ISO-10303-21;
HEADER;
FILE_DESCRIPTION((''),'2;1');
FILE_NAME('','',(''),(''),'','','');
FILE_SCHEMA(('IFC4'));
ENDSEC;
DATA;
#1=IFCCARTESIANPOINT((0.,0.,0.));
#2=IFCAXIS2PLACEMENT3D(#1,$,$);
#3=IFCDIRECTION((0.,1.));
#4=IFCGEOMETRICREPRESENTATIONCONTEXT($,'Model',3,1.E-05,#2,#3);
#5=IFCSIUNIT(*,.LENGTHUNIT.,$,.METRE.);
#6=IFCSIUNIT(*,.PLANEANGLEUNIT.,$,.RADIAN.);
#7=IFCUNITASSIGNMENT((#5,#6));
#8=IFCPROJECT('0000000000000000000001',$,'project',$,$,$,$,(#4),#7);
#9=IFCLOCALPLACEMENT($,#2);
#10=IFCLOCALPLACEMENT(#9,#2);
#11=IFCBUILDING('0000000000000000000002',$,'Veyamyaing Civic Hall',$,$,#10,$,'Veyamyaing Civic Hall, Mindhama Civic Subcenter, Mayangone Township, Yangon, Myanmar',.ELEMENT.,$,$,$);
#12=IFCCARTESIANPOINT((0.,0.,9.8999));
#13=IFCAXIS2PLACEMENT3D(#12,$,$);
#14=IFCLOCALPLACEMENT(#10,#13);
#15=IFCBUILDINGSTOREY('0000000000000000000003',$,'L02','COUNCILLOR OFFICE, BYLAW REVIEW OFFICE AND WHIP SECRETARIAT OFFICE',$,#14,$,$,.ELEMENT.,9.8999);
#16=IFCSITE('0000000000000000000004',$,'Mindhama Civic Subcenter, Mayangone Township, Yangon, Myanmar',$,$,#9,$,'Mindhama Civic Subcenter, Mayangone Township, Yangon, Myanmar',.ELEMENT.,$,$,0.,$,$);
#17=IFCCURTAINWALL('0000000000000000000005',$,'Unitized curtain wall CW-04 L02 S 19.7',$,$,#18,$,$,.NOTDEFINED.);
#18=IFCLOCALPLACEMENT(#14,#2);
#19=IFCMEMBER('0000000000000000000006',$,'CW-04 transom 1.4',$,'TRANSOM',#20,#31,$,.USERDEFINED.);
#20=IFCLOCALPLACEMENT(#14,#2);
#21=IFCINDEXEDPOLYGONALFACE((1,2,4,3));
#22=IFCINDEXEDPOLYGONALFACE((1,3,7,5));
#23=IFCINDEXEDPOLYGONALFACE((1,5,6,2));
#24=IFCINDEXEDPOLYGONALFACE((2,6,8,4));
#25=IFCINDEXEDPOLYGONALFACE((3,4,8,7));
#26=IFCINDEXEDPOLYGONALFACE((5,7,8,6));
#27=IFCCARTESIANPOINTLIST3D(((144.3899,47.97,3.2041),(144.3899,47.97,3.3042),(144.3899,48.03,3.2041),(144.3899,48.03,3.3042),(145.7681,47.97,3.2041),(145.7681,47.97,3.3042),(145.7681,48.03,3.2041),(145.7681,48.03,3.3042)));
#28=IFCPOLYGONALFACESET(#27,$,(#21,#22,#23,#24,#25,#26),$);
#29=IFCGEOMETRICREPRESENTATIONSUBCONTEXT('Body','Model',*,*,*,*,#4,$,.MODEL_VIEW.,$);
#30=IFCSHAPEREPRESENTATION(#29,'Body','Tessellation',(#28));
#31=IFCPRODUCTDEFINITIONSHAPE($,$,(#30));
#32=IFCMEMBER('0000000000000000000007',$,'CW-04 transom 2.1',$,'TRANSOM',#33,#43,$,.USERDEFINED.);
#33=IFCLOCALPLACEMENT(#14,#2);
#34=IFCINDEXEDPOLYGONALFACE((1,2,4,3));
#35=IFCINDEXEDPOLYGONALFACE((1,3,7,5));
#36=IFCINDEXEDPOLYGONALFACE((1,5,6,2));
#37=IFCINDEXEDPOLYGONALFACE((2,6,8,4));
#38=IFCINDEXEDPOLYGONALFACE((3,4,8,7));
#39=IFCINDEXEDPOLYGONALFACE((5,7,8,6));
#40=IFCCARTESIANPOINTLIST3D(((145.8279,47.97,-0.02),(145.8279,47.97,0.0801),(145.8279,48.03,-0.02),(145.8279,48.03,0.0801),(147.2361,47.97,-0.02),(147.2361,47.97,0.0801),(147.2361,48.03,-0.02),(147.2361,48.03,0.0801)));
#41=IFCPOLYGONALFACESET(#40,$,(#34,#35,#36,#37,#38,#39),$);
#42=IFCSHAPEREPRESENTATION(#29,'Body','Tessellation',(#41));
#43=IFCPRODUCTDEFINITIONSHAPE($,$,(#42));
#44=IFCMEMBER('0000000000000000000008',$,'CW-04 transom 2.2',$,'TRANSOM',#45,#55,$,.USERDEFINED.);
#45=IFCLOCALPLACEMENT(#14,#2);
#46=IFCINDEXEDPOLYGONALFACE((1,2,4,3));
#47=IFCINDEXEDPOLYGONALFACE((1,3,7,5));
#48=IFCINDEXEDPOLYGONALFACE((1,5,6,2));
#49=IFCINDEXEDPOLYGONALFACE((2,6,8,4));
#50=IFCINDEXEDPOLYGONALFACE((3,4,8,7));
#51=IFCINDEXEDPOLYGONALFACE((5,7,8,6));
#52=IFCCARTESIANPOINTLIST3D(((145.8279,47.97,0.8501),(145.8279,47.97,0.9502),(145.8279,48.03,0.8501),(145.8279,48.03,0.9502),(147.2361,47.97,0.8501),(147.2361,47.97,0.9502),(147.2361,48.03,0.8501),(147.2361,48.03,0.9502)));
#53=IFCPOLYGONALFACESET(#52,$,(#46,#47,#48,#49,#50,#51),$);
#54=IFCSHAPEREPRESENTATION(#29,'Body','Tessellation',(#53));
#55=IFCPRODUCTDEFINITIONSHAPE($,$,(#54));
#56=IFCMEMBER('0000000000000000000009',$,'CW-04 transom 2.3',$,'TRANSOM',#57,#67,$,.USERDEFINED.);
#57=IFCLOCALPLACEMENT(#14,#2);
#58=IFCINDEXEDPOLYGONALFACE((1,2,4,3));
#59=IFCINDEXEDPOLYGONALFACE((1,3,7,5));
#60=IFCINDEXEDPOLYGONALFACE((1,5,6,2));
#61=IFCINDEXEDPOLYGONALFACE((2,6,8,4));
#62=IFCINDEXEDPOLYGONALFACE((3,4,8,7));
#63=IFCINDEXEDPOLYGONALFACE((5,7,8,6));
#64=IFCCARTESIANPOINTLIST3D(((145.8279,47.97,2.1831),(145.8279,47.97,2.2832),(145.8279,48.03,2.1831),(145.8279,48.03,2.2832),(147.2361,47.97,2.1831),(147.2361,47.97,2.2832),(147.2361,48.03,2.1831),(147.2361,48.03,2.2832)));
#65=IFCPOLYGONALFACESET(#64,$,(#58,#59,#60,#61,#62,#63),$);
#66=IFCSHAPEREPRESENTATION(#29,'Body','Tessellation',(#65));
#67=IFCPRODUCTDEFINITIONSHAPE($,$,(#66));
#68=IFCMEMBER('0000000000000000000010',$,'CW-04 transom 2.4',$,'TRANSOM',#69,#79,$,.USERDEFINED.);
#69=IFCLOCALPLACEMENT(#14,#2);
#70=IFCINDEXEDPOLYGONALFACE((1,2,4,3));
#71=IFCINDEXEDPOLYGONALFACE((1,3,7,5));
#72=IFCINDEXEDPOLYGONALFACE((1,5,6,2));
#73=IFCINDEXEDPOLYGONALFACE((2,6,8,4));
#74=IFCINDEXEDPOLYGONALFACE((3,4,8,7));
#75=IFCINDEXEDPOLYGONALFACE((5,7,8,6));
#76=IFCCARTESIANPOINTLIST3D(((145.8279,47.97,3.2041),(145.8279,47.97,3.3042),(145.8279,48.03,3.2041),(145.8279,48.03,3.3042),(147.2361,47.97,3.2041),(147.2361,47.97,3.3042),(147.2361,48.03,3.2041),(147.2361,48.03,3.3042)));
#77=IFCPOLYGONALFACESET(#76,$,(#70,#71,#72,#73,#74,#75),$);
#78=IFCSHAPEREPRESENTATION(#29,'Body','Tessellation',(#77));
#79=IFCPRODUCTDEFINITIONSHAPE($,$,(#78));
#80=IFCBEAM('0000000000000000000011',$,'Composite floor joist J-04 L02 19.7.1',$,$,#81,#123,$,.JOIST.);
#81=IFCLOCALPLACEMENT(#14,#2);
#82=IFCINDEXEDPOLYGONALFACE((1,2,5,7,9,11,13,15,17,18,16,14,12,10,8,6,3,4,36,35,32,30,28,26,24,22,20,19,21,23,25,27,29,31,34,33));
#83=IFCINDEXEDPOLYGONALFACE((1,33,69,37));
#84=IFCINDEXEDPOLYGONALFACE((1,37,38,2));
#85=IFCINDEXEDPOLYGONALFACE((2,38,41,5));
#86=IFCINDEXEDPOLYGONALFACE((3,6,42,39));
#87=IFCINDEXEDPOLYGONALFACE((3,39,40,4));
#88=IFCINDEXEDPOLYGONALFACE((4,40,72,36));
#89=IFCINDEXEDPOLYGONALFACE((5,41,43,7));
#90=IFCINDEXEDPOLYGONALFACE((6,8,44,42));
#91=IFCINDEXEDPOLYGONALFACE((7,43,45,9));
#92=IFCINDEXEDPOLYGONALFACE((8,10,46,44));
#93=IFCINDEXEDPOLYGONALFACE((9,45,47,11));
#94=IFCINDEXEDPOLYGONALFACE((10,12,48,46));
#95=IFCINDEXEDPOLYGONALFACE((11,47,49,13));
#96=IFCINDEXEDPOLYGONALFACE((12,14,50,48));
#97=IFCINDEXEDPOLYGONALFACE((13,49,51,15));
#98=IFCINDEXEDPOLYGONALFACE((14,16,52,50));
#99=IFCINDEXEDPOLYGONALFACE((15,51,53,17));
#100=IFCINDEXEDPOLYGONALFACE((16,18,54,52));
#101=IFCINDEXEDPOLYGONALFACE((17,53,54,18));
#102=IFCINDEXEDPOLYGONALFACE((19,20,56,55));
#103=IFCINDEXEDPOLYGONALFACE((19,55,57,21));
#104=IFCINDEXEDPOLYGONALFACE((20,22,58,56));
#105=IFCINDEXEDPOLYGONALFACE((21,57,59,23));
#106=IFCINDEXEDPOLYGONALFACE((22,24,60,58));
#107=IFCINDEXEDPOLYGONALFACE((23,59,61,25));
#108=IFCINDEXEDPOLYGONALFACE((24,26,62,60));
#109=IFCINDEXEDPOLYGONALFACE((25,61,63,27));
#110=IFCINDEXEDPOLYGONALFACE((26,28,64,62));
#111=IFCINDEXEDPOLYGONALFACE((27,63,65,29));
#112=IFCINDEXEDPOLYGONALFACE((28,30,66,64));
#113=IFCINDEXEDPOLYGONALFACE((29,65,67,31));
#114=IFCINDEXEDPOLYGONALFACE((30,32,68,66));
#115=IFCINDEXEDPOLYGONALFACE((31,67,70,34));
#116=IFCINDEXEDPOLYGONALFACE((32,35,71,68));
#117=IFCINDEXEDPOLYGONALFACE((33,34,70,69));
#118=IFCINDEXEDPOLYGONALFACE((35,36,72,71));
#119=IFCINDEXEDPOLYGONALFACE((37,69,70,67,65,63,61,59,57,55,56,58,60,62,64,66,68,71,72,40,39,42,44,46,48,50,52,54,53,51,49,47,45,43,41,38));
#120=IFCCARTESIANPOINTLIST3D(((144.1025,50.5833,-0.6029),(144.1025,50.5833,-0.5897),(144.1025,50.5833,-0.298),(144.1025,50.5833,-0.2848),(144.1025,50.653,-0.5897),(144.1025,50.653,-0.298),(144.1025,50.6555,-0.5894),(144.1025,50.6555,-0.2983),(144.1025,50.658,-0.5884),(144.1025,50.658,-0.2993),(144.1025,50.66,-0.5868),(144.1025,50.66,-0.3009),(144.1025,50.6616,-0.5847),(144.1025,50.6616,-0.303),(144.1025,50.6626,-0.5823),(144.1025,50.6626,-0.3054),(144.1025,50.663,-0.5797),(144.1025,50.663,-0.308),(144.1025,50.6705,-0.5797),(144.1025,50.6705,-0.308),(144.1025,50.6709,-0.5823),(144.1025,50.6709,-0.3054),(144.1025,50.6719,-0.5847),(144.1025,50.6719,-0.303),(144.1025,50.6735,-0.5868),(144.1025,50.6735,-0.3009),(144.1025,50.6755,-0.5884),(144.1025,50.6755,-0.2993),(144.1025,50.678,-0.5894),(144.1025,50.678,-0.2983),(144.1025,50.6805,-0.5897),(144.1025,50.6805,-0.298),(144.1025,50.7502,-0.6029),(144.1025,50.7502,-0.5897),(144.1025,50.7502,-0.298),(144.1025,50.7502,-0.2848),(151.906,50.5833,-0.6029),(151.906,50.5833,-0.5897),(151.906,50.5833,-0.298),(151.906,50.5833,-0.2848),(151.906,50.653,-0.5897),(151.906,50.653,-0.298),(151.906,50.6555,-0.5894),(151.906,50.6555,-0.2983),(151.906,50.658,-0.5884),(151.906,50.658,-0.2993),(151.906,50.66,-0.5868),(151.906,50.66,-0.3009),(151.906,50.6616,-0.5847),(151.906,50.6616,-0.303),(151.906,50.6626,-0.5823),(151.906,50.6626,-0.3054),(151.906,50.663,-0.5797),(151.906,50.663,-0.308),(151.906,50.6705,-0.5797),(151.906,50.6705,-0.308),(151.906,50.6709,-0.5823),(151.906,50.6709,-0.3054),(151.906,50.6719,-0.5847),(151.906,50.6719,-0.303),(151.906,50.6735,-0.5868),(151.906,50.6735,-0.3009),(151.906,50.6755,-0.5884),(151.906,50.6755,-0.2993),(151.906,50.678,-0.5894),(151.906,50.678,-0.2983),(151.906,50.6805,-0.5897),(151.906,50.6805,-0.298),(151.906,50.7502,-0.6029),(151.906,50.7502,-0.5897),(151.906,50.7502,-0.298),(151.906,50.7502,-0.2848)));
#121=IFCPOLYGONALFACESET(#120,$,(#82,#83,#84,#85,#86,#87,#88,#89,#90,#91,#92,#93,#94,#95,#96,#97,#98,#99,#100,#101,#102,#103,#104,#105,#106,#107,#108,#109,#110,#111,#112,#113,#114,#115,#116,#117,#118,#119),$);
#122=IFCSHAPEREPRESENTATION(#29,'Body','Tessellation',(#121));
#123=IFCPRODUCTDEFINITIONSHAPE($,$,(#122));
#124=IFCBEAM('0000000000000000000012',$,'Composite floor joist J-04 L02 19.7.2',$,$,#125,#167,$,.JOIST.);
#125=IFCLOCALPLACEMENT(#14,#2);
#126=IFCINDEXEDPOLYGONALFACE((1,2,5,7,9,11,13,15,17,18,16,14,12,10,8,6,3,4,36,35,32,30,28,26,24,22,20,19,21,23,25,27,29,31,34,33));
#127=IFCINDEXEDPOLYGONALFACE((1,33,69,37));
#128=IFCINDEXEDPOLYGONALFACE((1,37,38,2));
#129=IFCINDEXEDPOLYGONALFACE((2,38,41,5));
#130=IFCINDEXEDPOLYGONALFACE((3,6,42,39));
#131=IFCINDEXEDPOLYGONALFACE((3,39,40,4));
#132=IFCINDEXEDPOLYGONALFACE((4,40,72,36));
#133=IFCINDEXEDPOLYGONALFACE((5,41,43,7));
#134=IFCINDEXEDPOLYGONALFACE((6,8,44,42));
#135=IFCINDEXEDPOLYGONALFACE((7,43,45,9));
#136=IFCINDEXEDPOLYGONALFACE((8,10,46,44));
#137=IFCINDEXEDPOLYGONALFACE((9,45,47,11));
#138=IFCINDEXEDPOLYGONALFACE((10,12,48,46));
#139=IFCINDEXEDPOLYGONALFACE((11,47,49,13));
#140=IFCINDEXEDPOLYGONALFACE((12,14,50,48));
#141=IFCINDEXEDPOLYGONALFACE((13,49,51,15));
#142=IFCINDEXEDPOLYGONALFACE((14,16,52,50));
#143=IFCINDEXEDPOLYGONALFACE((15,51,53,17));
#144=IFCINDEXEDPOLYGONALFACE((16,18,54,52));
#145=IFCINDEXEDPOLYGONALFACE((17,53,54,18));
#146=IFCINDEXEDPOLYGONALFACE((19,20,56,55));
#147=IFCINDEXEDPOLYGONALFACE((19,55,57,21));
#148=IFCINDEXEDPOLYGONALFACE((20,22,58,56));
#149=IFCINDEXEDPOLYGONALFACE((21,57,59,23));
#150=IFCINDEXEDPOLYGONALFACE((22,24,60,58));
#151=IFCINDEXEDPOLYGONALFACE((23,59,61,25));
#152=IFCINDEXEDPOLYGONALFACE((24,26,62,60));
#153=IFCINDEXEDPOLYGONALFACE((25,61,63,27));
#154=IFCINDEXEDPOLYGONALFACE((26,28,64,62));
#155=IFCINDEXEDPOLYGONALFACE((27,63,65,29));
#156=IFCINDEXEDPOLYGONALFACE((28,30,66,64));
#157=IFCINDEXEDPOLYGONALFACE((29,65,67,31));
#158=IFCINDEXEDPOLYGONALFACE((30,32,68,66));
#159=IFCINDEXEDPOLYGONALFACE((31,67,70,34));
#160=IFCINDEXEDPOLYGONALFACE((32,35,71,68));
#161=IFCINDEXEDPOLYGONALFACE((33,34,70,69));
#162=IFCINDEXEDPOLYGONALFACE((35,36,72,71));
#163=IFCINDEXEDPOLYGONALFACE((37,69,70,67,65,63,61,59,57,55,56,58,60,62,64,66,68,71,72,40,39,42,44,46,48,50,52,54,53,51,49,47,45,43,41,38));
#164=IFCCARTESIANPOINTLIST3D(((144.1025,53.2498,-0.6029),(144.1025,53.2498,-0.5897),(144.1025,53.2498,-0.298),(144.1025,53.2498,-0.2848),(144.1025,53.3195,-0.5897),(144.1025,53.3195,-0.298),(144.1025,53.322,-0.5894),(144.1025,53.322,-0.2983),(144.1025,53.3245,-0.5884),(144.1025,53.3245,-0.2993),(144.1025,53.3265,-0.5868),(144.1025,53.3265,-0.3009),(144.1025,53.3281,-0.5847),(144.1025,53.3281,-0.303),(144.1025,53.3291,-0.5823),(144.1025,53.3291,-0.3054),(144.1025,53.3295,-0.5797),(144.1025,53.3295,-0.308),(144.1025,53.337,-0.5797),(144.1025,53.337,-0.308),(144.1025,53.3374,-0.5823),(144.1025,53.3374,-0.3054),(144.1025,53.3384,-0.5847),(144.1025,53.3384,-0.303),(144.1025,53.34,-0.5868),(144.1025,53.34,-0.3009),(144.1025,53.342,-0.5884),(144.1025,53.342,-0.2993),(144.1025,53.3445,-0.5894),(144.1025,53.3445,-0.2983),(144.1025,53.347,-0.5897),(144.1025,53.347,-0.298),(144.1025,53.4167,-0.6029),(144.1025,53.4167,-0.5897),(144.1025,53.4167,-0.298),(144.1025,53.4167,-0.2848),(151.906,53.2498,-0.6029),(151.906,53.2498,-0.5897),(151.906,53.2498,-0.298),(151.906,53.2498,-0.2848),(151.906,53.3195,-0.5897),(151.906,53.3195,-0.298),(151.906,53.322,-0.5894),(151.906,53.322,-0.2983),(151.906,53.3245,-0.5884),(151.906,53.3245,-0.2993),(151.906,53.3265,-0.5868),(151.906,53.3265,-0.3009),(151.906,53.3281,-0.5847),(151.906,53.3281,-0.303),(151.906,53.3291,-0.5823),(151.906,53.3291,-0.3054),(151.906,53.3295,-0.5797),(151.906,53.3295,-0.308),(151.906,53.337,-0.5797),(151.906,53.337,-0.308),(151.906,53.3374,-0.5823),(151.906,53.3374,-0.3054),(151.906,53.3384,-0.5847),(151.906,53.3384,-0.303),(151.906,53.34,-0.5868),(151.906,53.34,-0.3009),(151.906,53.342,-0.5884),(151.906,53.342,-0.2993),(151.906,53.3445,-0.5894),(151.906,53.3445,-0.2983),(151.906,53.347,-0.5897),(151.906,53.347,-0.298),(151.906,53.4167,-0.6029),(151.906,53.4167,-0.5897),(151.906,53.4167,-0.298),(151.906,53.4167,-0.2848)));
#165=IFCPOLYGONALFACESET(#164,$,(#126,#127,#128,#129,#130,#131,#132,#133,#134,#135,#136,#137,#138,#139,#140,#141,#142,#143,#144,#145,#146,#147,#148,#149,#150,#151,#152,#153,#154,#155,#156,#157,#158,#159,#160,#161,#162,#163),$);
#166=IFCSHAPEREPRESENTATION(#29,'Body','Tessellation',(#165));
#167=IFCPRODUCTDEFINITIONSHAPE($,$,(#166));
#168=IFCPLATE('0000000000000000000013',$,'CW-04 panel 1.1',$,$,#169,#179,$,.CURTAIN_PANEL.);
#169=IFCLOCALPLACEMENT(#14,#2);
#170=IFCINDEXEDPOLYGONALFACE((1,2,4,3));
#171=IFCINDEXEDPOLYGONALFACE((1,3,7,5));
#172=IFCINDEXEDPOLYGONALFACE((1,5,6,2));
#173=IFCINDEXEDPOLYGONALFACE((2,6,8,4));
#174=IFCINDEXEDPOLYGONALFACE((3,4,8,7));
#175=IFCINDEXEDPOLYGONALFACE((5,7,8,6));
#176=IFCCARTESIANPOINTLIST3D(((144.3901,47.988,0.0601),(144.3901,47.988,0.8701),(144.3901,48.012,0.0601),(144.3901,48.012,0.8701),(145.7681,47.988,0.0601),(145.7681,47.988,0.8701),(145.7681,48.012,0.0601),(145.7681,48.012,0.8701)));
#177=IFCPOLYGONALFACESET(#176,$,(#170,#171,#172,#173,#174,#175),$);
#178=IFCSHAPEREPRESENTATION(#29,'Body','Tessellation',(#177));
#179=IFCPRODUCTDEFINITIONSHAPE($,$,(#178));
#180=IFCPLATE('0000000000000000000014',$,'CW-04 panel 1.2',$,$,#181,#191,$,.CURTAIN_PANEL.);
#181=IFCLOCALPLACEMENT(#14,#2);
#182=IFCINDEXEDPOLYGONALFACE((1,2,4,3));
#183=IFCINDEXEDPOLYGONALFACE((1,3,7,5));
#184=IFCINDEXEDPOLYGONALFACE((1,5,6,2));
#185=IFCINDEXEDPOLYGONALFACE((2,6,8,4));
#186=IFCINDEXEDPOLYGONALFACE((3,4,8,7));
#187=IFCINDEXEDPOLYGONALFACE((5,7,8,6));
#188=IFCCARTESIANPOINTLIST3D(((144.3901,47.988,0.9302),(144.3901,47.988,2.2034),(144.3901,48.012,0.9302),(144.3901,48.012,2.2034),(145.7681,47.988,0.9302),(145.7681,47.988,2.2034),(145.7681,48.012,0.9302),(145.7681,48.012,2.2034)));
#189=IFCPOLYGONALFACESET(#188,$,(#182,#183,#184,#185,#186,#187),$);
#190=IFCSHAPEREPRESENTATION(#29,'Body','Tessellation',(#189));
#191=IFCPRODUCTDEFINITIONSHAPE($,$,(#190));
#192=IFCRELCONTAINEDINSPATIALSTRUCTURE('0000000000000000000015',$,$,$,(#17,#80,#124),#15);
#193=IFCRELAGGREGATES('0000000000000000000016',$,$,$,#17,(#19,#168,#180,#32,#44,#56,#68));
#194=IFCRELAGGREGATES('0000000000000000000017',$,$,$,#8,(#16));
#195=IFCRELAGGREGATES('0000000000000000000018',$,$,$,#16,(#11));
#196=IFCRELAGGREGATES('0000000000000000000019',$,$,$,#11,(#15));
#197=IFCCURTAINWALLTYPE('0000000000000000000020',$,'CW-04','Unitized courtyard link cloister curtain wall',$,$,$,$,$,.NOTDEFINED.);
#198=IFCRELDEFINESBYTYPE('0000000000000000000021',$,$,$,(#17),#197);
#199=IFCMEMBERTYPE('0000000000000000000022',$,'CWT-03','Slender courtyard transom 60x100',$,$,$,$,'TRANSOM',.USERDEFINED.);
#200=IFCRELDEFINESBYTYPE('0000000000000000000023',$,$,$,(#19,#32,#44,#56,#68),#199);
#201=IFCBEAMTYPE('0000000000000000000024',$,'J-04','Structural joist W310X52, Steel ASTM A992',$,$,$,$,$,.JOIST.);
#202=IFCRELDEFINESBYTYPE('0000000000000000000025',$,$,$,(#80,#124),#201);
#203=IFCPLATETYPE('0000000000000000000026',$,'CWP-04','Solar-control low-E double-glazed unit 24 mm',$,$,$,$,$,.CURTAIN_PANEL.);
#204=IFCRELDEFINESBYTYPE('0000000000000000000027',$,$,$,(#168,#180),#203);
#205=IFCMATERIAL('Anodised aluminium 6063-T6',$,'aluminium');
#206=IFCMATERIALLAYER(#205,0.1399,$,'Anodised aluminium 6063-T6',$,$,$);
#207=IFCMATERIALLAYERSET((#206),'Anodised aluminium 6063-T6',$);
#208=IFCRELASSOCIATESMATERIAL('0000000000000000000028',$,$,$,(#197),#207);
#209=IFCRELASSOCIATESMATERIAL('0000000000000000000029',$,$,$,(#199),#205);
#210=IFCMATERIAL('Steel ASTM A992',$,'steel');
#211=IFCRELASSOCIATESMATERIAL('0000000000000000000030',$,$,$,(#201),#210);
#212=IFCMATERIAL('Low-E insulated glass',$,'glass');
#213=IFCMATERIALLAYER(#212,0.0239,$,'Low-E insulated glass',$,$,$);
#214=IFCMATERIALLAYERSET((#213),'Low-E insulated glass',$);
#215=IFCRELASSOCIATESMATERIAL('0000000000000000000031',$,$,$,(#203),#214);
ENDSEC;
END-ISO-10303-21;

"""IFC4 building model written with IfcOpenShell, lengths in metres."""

from ifc_helpers import new_model, si_unit, direction, frame, origin, origin_2d, place, context, subcontext, project, spatial, rectangle, i_section, extrude, material, layer, layer_set, material_profile, profile_set, type_object, element, aggregate, save


model = new_model("IFC4")

# Units and contexts
model_context = context("Model", 3, precision=1e-05, world=origin(), true_north=direction((0.0, 1.0)))
body_context = subcontext(model_context, "Body", "Model", "MODEL_VIEW")
ifc_project = project(units=[si_unit("LENGTHUNIT", "METRE"), si_unit("PLANEANGLEUNIT", "RADIAN")], contexts=[model_context])

# Site, building, storey
site_placement = place(None, origin())
site = spatial("IfcSite", under=ifc_project, at=site_placement, Name="Mindhama Civic Subcenter, Mayangone Township, Yangon, Myanmar", LongName="Mindhama Civic Subcenter, Mayangone Township, Yangon, Myanmar", CompositionType="ELEMENT", RefElevation=0.0)
building_placement = place(site_placement, origin())
building = spatial("IfcBuilding", under=site, at=building_placement, Name="Veyamyaing Civic Hall", LongName="Veyamyaing Civic Hall, Mindhama Civic Subcenter, Mayangone Township, Yangon, Myanmar", CompositionType="ELEMENT")
storey_placement = place(building_placement, frame((0.0, 0.0, 9.8999)))
storey = spatial("IfcBuildingStorey", under=building, at=storey_placement, Name="L02", Description="COUNCILLOR OFFICE, BYLAW REVIEW OFFICE AND WHIP SECRETARIAT OFFICE", CompositionType="ELEMENT", Elevation=9.8999)

# Shared definitions
ifc_material_1 = material(Name="Steel ASTM A992", Category="steel")

# Curtain wall, members
ifc_material_2 = material(Name="Anodised aluminium 6063-T6", Category="aluminium")
ifc_layer_1 = layer(ifc_material_2, 0.1399, Name="Anodised aluminium 6063-T6")
ifc_layer_set_1 = layer_set([ifc_layer_1], Name="Anodised aluminium 6063-T6")
curtain_wall_type = type_object("IfcCurtainWallType", Name="CW-04", Description="Unitized courtyard link cloister curtain wall", PredefinedType="NOTDEFINED", material=ifc_layer_set_1)
curtain_wall_placement = place(storey_placement, origin())
curtain_wall = element("IfcCurtainWall", 1, at=curtain_wall_placement, inside=storey, type_object=curtain_wall_type, Name="Unitized curtain wall CW-04 L02 S 19.7", PredefinedType="NOTDEFINED")
ifc_material_profile_1 = material_profile(ifc_material_2, rectangle(XDim=0.0601, YDim=0.1001, at=origin_2d()), Name="ALU-TRN-60X100")
ifc_profile_set_1 = profile_set([ifc_material_profile_1], Name="Anodised aluminium 6063-T6")
member_type_1 = type_object("IfcMemberType", Name="CWT-03", Description="Slender courtyard transom 60x100", ElementType="TRANSOM", PredefinedType="USERDEFINED", material=ifc_profile_set_1)
member_1_placement = place(storey_placement, frame((144.3899, 48.0, 3.2542), z_axis=(1.0, 0.0, 0.0), x_axis=(0.0, 1.0, 0.0)))
member_1 = element("IfcMember", 2, at=member_1_placement, type_object=member_type_1, Name="CW-04 transom 1.4", ObjectType="TRANSOM", PredefinedType="USERDEFINED", context=body_context, shape_type="SweptSolid", body=[
    extrude(rectangle(XDim=0.0601, YDim=0.1001, at=origin_2d()), origin(), (0.0, 0.0, 1.0), 1.3782),
])
member_2_placement = place(storey_placement, frame((145.8279, 48.0, 0.03), z_axis=(1.0, 0.0, 0.0), x_axis=(0.0, 1.0, 0.0)))
member_2 = element("IfcMember", 3, at=member_2_placement, type_object=member_type_1, Name="CW-04 transom 2.1", ObjectType="TRANSOM", PredefinedType="USERDEFINED", context=body_context, shape_type="SweptSolid", body=[
    extrude(rectangle(XDim=0.0601, YDim=0.1001, at=origin_2d()), origin(), (0.0, 0.0, 1.0), 1.4082),
])
member_3_placement = place(storey_placement, frame((145.8279, 48.0, 0.9001), z_axis=(1.0, 0.0, 0.0), x_axis=(0.0, 1.0, 0.0)))
member_3 = element("IfcMember", 4, at=member_3_placement, type_object=member_type_1, Name="CW-04 transom 2.2", ObjectType="TRANSOM", PredefinedType="USERDEFINED", context=body_context, shape_type="SweptSolid", body=[
    extrude(rectangle(XDim=0.0601, YDim=0.1001, at=origin_2d()), origin(), (0.0, 0.0, 1.0), 1.4082),
])
member_4_placement = place(storey_placement, frame((145.8279, 48.0, 2.2332), z_axis=(1.0, 0.0, 0.0), x_axis=(0.0, 1.0, 0.0)))
member_4 = element("IfcMember", 5, at=member_4_placement, type_object=member_type_1, Name="CW-04 transom 2.3", ObjectType="TRANSOM", PredefinedType="USERDEFINED", context=body_context, shape_type="SweptSolid", body=[
    extrude(rectangle(XDim=0.0601, YDim=0.1001, at=origin_2d()), origin(), (0.0, 0.0, 1.0), 1.4082),
])
member_5_placement = place(storey_placement, frame((145.8279, 48.0, 3.2542), z_axis=(1.0, 0.0, 0.0), x_axis=(0.0, 1.0, 0.0)))
member_5 = element("IfcMember", 6, at=member_5_placement, type_object=member_type_1, Name="CW-04 transom 2.4", ObjectType="TRANSOM", PredefinedType="USERDEFINED", context=body_context, shape_type="SweptSolid", body=[
    extrude(rectangle(XDim=0.0601, YDim=0.1001, at=origin_2d()), origin(), (0.0, 0.0, 1.0), 1.4082),
])

# Beams
ifc_material_profile_2 = material_profile(ifc_material_1, i_section(OverallWidth=0.167, OverallDepth=0.3181, WebThickness=0.0076, FlangeThickness=0.0132, FilletRadius=0.01, at=origin_2d()), Name="W310X52")
ifc_profile_set_2 = profile_set([ifc_material_profile_2], Name="Steel ASTM A992")
beam_type_1 = type_object("IfcBeamType", Name="J-04", Description="Structural joist W310X52, Steel ASTM A992", PredefinedType="JOIST", material=ifc_profile_set_2)
for number, where, z_axis, x_axis, name in (
    (7, (144.1025, 50.6667, -0.4438), (1.0, 0.0, 0.0), (0.0, 1.0, 0.0), "Composite floor joist J-04 L02 19.7.1"),
    (8, (144.1025, 53.3333, -0.4438), (1.0, 0.0, 0.0), (0.0, 1.0, 0.0), "Composite floor joist J-04 L02 19.7.2"),
):
    element("IfcBeam", number, at=place(storey_placement, frame(where, z_axis=z_axis, x_axis=x_axis)), inside=storey, type_object=beam_type_1, Name=name, PredefinedType="JOIST", context=body_context, shape_type="SweptSolid", body=[
        extrude(i_section(OverallWidth=0.167, OverallDepth=0.3181, WebThickness=0.0076, FlangeThickness=0.0132, FilletRadius=0.01, at=origin_2d()), origin(), (0.0, 0.0, 1.0), 7.8035),
    ])

# Plates
ifc_material_3 = material(Name="Low-E insulated glass", Category="glass")
ifc_layer_2 = layer(ifc_material_3, 0.0239, Name="Low-E insulated glass")
ifc_layer_set_2 = layer_set([ifc_layer_2], Name="Low-E insulated glass")
plate_type = type_object("IfcPlateType", Name="CWP-04", Description="Solar-control low-E double-glazed unit 24 mm", PredefinedType="CURTAIN_PANEL", material=ifc_layer_set_2)
plate_1_placement = place(storey_placement, frame((145.0791, 48.0, 0.0601), z_axis=(0.0, 0.0, 1.0), x_axis=(1.0, 0.0, 0.0)))
plate_1 = element("IfcPlate", 9, at=plate_1_placement, type_object=plate_type, Name="CW-04 panel 1.1", PredefinedType="CURTAIN_PANEL", context=body_context, shape_type="SweptSolid", body=[
    extrude(rectangle(XDim=1.3779, YDim=0.0239, at=origin_2d()), origin(), (0.0, 0.0, 1.0), 0.8101),
])
plate_2_placement = place(storey_placement, frame((145.0791, 48.0, 0.9302), z_axis=(0.0, 0.0, 1.0), x_axis=(1.0, 0.0, 0.0)))
plate_2 = element("IfcPlate", 10, at=plate_2_placement, type_object=plate_type, Name="CW-04 panel 1.2", PredefinedType="CURTAIN_PANEL", context=body_context, shape_type="SweptSolid", body=[
    extrude(rectangle(XDim=1.3779, YDim=0.0239, at=origin_2d()), origin(), (0.0, 0.0, 1.0), 1.2732),
])
aggregate(curtain_wall, [member_1, plate_1, plate_2, member_2, member_3, member_4, member_5])

save(model, "model.ifc")
